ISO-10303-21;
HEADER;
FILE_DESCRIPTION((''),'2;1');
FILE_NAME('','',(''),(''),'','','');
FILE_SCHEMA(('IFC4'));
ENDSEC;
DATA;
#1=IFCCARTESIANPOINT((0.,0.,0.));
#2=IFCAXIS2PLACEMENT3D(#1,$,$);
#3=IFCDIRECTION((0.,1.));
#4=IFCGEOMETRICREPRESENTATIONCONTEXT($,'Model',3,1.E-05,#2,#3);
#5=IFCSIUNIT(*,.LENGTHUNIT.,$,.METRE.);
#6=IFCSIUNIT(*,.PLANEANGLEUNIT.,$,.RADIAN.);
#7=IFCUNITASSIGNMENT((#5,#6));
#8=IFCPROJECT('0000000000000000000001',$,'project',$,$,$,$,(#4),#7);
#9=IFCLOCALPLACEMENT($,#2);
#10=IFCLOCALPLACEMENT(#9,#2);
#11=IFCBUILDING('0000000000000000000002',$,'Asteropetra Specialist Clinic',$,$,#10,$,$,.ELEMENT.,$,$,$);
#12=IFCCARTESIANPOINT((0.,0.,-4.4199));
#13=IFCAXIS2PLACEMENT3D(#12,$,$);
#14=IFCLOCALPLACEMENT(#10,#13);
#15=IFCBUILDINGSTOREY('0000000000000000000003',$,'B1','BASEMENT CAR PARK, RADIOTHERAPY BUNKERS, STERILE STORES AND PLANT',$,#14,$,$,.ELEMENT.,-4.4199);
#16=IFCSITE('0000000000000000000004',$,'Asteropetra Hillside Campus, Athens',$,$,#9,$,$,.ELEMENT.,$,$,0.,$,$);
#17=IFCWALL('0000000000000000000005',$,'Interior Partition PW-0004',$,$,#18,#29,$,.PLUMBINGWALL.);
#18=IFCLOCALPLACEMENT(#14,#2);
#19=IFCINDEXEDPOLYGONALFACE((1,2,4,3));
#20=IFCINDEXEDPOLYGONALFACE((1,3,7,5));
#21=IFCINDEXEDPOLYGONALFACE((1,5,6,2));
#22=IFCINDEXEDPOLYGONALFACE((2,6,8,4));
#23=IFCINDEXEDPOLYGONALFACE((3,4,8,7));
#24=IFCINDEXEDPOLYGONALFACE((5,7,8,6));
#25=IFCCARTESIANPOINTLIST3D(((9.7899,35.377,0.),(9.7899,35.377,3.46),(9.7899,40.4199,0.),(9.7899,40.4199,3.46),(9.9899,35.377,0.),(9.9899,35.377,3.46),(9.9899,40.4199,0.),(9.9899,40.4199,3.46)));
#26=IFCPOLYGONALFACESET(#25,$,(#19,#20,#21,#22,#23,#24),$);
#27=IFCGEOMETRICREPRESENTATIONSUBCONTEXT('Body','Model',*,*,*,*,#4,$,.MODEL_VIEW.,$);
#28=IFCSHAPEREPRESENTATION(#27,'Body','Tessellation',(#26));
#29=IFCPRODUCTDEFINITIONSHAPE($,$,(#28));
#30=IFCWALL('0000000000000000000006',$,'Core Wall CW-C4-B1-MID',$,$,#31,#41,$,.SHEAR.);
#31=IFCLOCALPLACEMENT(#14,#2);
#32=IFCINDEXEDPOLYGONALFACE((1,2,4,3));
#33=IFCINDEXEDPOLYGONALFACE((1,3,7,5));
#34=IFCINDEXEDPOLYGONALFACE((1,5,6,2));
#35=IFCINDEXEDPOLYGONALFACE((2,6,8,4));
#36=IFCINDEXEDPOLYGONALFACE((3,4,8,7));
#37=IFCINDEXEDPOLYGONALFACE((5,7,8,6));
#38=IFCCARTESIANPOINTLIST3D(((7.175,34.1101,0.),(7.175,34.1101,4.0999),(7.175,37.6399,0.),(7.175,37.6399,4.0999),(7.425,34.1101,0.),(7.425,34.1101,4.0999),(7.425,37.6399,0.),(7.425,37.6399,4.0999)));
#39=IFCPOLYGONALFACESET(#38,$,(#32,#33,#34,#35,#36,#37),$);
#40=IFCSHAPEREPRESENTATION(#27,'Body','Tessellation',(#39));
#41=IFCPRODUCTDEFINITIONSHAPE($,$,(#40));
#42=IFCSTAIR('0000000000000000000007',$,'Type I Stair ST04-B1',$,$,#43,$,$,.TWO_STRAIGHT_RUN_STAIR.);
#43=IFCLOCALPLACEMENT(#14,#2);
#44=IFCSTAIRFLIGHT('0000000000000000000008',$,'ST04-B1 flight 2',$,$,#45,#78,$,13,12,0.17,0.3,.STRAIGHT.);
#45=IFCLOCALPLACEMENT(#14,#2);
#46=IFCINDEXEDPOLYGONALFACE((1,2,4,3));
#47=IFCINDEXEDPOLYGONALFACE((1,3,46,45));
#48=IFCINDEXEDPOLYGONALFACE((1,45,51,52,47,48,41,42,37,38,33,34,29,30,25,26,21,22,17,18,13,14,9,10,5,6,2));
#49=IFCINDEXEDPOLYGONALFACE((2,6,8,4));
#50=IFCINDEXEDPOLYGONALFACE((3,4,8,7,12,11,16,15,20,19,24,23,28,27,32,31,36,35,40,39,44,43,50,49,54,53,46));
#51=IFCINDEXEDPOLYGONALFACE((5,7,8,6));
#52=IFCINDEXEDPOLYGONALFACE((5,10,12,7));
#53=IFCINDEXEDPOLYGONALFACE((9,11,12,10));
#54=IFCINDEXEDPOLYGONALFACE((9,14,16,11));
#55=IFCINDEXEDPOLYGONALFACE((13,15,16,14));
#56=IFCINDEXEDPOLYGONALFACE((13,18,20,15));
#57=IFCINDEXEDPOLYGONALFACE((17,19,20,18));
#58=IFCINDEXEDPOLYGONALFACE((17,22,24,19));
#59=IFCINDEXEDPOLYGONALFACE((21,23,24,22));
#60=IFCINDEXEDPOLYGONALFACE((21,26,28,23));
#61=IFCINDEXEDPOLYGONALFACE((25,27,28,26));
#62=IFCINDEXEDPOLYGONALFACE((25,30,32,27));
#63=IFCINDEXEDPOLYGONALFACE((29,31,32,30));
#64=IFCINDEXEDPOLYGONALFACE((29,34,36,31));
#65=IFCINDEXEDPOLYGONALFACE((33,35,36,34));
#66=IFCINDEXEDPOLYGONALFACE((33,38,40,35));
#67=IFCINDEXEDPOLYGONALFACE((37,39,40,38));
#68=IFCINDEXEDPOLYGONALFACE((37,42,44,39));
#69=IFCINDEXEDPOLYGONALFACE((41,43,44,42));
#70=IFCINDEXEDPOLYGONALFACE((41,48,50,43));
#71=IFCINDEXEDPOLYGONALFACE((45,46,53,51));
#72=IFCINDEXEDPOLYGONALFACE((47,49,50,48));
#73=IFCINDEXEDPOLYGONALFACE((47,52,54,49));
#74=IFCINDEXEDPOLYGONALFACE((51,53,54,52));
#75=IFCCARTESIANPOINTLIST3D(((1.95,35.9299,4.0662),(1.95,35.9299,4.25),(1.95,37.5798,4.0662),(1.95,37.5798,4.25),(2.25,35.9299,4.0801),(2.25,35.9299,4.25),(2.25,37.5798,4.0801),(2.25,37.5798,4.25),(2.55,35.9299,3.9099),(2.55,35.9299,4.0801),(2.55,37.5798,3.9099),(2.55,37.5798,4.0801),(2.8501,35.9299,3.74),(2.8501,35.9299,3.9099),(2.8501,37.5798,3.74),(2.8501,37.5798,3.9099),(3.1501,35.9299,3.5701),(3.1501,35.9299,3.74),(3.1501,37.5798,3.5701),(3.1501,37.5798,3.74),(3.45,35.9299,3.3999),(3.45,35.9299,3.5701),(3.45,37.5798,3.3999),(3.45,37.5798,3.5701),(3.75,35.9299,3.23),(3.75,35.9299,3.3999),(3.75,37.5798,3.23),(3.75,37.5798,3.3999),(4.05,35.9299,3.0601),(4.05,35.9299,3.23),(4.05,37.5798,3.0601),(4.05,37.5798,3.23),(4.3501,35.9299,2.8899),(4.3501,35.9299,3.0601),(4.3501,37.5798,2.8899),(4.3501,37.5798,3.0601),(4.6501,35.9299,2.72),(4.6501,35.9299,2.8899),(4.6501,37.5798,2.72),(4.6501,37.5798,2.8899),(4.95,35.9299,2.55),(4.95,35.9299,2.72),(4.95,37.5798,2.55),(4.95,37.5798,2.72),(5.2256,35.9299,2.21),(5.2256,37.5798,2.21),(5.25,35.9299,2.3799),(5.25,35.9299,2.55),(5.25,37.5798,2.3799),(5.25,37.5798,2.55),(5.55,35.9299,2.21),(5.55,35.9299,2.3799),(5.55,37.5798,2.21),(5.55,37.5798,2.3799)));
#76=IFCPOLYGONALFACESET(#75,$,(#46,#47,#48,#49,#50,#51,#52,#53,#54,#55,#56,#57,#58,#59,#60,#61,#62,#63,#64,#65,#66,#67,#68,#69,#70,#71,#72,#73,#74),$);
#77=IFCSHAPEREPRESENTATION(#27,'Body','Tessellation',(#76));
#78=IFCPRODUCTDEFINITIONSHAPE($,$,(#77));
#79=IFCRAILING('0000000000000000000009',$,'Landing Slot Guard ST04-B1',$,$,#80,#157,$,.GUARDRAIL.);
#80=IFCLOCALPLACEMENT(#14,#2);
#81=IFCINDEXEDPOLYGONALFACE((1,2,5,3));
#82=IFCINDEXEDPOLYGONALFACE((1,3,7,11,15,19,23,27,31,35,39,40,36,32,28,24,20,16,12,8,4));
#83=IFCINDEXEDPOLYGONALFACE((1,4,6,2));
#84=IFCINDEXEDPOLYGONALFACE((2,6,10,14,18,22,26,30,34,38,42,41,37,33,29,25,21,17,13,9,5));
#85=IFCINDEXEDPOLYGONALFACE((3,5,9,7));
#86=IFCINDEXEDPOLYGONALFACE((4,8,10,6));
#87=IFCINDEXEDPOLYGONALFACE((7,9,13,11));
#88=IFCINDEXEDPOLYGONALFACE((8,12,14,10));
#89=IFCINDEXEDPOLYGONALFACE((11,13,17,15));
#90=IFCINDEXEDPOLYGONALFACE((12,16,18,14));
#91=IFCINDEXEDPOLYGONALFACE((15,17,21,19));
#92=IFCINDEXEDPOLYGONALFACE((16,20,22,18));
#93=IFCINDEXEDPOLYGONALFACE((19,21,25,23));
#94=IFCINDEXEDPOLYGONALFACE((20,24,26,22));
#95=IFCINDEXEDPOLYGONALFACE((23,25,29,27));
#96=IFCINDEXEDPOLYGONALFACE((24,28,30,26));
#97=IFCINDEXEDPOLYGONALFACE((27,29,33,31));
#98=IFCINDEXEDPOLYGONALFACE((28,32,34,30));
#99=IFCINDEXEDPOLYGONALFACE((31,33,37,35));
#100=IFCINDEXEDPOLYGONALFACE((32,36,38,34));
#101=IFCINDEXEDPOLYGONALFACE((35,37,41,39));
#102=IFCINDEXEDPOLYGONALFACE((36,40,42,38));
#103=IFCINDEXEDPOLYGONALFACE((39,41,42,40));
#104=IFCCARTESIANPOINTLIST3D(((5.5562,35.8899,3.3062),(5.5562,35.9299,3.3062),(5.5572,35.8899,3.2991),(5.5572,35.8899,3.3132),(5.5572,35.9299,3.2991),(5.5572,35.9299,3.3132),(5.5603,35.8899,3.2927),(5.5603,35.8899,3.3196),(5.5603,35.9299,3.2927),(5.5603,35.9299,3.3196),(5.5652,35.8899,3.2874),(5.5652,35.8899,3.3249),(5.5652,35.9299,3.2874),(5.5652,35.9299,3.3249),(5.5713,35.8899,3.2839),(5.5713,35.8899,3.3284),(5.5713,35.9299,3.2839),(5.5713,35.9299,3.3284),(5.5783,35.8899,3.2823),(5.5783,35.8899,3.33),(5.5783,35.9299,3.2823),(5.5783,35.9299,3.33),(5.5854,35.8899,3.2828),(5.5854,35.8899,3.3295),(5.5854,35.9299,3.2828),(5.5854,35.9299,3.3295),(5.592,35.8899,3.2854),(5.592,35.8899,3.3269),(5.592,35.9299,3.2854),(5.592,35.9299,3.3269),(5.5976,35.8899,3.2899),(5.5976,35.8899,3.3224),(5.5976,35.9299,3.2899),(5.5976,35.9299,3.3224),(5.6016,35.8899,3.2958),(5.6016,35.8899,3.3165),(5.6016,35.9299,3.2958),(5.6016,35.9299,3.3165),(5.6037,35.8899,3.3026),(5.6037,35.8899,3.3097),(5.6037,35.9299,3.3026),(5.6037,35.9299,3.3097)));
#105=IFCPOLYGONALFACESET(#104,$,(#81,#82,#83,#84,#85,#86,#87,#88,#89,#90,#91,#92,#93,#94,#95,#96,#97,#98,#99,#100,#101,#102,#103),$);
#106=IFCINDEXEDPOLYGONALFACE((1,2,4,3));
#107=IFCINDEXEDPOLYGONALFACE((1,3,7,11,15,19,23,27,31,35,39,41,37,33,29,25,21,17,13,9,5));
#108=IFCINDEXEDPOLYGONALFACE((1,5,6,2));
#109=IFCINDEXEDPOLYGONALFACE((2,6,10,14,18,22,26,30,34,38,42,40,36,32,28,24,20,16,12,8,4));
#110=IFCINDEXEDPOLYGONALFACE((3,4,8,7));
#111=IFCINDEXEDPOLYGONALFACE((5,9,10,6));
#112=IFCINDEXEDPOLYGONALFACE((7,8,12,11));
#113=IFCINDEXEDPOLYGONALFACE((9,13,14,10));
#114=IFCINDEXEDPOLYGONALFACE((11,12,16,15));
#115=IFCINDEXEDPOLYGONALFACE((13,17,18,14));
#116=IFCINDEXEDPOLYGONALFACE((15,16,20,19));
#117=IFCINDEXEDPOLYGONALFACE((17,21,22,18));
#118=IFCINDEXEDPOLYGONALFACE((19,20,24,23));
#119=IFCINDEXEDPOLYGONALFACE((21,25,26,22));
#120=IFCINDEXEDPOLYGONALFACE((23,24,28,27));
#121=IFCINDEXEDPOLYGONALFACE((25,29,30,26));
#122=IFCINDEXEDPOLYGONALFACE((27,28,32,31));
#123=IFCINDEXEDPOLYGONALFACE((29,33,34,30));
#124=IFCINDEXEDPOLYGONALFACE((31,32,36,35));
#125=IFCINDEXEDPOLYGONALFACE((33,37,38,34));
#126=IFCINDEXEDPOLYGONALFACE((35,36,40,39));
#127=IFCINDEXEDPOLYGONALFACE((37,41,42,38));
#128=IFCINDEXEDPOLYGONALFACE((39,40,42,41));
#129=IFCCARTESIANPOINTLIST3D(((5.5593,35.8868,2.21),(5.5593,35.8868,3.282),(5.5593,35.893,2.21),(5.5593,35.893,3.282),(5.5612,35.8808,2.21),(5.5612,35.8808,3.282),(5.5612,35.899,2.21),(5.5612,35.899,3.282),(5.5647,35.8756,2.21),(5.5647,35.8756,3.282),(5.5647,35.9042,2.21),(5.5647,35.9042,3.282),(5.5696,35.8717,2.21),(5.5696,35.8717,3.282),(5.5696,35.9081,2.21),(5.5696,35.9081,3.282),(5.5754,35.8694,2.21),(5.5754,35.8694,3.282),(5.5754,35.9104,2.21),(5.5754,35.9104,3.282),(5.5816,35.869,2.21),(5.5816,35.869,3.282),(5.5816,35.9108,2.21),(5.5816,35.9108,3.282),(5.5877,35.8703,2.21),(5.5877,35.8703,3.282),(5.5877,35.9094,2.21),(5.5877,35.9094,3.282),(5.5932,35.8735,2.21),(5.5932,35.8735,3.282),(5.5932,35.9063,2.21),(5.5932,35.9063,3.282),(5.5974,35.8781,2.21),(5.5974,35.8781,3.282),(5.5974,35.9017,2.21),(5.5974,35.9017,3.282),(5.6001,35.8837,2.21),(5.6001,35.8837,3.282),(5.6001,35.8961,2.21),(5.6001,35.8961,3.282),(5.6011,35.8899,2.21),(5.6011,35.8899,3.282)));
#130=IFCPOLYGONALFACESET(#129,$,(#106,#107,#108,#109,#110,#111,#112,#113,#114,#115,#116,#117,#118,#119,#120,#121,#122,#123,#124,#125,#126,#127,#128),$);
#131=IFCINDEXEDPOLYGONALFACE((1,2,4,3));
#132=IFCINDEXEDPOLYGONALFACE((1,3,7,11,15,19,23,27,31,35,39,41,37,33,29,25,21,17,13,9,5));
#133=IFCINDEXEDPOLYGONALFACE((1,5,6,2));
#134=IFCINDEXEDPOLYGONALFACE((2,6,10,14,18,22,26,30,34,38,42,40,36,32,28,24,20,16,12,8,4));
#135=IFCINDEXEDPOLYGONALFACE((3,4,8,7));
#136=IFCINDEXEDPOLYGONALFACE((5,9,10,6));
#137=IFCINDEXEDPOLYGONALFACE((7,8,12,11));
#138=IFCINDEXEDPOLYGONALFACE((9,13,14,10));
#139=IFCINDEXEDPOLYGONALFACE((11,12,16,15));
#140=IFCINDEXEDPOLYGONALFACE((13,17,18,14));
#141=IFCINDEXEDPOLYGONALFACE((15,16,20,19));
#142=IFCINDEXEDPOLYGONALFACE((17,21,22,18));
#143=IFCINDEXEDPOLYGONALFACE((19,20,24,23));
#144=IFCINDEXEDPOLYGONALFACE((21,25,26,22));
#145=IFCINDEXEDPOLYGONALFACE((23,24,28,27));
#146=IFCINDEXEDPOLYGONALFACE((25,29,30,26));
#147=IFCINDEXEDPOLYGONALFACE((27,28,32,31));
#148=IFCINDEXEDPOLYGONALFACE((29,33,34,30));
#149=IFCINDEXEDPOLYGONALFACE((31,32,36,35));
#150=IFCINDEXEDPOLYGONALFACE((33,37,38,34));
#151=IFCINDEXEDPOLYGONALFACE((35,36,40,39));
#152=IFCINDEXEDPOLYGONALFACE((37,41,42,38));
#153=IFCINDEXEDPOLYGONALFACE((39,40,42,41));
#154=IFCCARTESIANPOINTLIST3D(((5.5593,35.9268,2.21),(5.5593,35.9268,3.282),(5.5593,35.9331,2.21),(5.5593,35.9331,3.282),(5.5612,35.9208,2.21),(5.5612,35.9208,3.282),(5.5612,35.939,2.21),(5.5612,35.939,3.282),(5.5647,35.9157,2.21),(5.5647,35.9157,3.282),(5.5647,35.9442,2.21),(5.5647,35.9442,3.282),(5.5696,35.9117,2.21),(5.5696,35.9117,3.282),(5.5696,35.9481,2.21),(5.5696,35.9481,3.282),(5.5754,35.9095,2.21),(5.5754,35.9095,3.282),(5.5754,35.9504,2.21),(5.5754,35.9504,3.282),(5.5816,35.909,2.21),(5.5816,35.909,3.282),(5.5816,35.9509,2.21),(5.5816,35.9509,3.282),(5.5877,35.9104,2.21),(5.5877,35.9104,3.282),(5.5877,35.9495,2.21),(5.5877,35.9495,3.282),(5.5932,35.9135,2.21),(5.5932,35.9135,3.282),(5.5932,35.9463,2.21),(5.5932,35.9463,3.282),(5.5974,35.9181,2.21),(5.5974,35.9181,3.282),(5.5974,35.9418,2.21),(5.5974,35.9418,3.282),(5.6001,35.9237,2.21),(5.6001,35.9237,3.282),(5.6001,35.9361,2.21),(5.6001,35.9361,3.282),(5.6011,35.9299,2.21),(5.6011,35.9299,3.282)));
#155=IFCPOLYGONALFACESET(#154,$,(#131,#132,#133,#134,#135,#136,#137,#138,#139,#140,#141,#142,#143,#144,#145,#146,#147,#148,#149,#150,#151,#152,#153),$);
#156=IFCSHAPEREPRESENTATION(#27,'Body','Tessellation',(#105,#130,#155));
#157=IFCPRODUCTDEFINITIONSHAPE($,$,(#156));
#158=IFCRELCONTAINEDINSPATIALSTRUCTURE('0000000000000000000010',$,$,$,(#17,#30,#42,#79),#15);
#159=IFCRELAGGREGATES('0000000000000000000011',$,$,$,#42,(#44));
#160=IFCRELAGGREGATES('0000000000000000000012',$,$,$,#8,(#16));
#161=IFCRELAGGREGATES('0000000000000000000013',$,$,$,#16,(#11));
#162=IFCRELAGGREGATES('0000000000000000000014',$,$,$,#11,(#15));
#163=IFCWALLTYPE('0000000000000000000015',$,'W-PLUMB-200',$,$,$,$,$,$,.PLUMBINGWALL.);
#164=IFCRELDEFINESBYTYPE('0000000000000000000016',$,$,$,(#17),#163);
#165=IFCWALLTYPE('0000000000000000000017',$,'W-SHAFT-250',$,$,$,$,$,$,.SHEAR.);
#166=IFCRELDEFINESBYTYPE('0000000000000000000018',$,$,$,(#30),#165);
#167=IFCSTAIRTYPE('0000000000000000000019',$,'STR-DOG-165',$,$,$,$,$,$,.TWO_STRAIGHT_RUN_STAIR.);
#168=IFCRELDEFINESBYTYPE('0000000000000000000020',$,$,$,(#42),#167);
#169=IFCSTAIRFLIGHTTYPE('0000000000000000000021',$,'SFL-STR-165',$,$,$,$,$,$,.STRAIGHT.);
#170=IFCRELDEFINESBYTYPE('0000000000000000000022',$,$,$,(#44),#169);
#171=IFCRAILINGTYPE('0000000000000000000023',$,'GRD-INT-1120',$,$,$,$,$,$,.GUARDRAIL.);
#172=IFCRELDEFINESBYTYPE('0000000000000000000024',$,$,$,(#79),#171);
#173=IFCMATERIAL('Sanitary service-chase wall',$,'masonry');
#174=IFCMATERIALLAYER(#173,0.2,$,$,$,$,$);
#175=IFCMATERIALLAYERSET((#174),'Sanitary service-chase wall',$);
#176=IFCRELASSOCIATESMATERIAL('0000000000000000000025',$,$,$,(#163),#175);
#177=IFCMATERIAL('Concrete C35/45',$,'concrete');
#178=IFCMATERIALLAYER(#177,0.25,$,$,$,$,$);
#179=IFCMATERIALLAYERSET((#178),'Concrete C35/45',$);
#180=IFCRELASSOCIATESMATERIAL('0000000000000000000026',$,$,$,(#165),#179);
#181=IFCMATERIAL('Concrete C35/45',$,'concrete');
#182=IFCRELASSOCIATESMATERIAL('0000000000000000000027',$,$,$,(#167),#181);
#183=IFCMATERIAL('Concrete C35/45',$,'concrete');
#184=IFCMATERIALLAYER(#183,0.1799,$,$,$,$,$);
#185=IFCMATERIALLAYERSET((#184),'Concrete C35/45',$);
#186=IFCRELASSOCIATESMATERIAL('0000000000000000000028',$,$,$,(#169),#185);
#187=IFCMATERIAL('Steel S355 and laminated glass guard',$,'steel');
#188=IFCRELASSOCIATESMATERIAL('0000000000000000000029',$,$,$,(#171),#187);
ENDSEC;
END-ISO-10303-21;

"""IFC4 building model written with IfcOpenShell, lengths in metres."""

from ifc_helpers import new_model, si_unit, direction, frame, frame_2d, origin, origin_2d, place, context, subcontext, project, spatial, polyline, rectangle, circle, outline, extrude, material, layer, layer_set, type_object, element, aggregate, save


model = new_model("IFC4")

# Units and contexts
model_context = context("Model", 3, precision=1e-05, world=origin(), true_north=direction((0.0, 1.0)))
body_context = subcontext(model_context, "Body", "Model", "MODEL_VIEW")
ifc_project = project(units=[si_unit("LENGTHUNIT", "METRE"), si_unit("PLANEANGLEUNIT", "RADIAN")], contexts=[model_context])

# Site, building, storey
site_placement = place(None, origin())
site = spatial("IfcSite", under=ifc_project, at=site_placement, Name="Asteropetra Hillside Campus, Athens", CompositionType="ELEMENT", RefElevation=0.0)
building_placement = place(site_placement, origin())
building = spatial("IfcBuilding", under=site, at=building_placement, Name="Asteropetra Specialist Clinic", CompositionType="ELEMENT")
storey_placement = place(building_placement, frame((0.0, 0.0, -4.4199)))
storey = spatial("IfcBuildingStorey", under=building, at=storey_placement, Name="B1", Description="BASEMENT CAR PARK, RADIOTHERAPY BUNKERS, STERILE STORES AND PLANT", CompositionType="ELEMENT", Elevation=-4.4199)

# Walls
ifc_material_1 = material(Name="Sanitary service-chase wall", Category="masonry")
ifc_layer_1 = layer(ifc_material_1, 0.2)
ifc_layer_set_1 = layer_set([ifc_layer_1], Name="Sanitary service-chase wall")
wall_type_1 = type_object("IfcWallType", Name="W-PLUMB-200", PredefinedType="PLUMBINGWALL", material=ifc_layer_set_1)
wall_1_placement = place(storey_placement, frame((9.8899, 35.377, 0.0), z_axis=(0.0, 0.0, 1.0), x_axis=(0.0, 1.0, 0.0)))
element("IfcWall", 1, at=wall_1_placement, inside=storey, type_object=wall_type_1, Name="Interior Partition PW-0004", PredefinedType="PLUMBINGWALL", context=body_context, shape_type="SweptSolid", body=[
    extrude(rectangle(XDim=5.043, YDim=0.2, at=frame_2d((2.5215, 0.0))), origin(), (0.0, 0.0, 1.0), 3.46),
])
ifc_material_2 = material(Name="Concrete C35/45", Category="concrete")
ifc_layer_2 = layer(ifc_material_2, 0.25)
ifc_layer_set_2 = layer_set([ifc_layer_2], Name="Concrete C35/45")
wall_type_2 = type_object("IfcWallType", Name="W-SHAFT-250", PredefinedType="SHEAR", material=ifc_layer_set_2)
wall_2_placement = place(storey_placement, frame((7.3, 34.1101, 0.0), z_axis=(0.0, 0.0, 1.0), x_axis=(0.0, 1.0, 0.0)))
element("IfcWall", 2, at=wall_2_placement, inside=storey, type_object=wall_type_2, Name="Core Wall CW-C4-B1-MID", PredefinedType="SHEAR", context=body_context, shape_type="SweptSolid", body=[
    extrude(rectangle(XDim=3.5298, YDim=0.25, at=frame_2d((1.7649, 0.0))), origin(), (0.0, 0.0, 1.0), 4.0999),
])

# Stair, stair flight
ifc_material_3 = material(Name="Concrete C35/45", Category="concrete")
stair_type = type_object("IfcStairType", Name="STR-DOG-165", PredefinedType="TWO_STRAIGHT_RUN_STAIR", material=ifc_material_3)
stair_placement = place(storey_placement, origin())
stair = element("IfcStair", 3, at=stair_placement, inside=storey, type_object=stair_type, Name="Type I Stair ST04-B1", PredefinedType="TWO_STRAIGHT_RUN_STAIR")
ifc_material_4 = material(Name="Concrete C35/45", Category="concrete")
ifc_layer_3 = layer(ifc_material_4, 0.1799)
ifc_layer_set_3 = layer_set([ifc_layer_3], Name="Concrete C35/45")
stair_flight_type = type_object("IfcStairFlightType", Name="SFL-STR-165", PredefinedType="STRAIGHT", material=ifc_layer_set_3)
stair_flight_placement = place(storey_placement, frame((5.55, 36.7549, 2.21), z_axis=(0.0, 0.0, 1.0), x_axis=(-1.0, 0.0, 0.0)))
stair_flight = element("IfcStairFlight", 4, at=stair_flight_placement, type_object=stair_flight_type, Name="ST04-B1 flight 2", NumberOfRisers=13, NumberOfTreads=12, PredefinedType="STRAIGHT", RiserHeight=0.17, TreadLength=0.3, context=body_context, shape_type="SweptSolid", body=[
    extrude(outline(polyline([(0.0, 0.0), (0.0, 0.1699), (0.3, 0.1699), (0.3, 0.3401), (0.6001, 0.3401), (0.6001, 0.51), (0.8999, 0.51), (0.8999, 0.6799), (1.2, 0.6799), (1.2, 0.8501), (1.5, 0.8501), (1.5, 1.02), (1.8, 1.02), (1.8, 1.1899), (2.1001, 1.1899), (2.1001, 1.3601), (2.3999, 1.3601), (2.3999, 1.53), (2.7, 1.53), (2.7, 1.7), (3.0, 1.7), (3.0, 1.8701), (3.3, 1.8701), (3.3, 2.04), (3.6001, 2.04), (3.6001, 2.21), (3.6001, 1.8562), (0.3245, 0.0), (0.0, 0.0)])), frame((0.0, 0.825, 0.0), z_axis=(0.0, -1.0, 0.0), x_axis=(1.0, 0.0, 0.0)), (0.0, 0.0, 1.0), 1.6499),
])
aggregate(stair, [stair_flight])

# Railing
ifc_material_5 = material(Name="Steel S355 and laminated glass guard", Category="steel")
railing_type_1 = type_object("IfcRailingType", Name="GRD-INT-1120", PredefinedType="GUARDRAIL", material=ifc_material_5)
railing_1_placement = place(storey_placement, frame((5.5801, 35.8899, 2.21)))
element("IfcRailing", 5, at=railing_1_placement, inside=storey, type_object=railing_type_1, Name="Landing Slot Guard ST04-B1", PredefinedType="GUARDRAIL", context=body_context, shape_type="SweptSolid", body=[
    extrude(circle(Radius=0.0239, at=origin_2d()), frame((0.0, 0.0, 1.0962), z_axis=(0.0, 1.0, 0.0), x_axis=(-1.0, 0.0, 0.0)), (0.0, 0.0, 1.0), 0.04),
    extrude(circle(Radius=0.021, at=origin_2d()), origin(), (0.0, 0.0, 1.0), 1.072),
    extrude(circle(Radius=0.021, at=origin_2d()), frame((0.0, 0.04, 0.0)), (0.0, 0.0, 1.0), 1.072),
])

save(model, "model.ifc")
